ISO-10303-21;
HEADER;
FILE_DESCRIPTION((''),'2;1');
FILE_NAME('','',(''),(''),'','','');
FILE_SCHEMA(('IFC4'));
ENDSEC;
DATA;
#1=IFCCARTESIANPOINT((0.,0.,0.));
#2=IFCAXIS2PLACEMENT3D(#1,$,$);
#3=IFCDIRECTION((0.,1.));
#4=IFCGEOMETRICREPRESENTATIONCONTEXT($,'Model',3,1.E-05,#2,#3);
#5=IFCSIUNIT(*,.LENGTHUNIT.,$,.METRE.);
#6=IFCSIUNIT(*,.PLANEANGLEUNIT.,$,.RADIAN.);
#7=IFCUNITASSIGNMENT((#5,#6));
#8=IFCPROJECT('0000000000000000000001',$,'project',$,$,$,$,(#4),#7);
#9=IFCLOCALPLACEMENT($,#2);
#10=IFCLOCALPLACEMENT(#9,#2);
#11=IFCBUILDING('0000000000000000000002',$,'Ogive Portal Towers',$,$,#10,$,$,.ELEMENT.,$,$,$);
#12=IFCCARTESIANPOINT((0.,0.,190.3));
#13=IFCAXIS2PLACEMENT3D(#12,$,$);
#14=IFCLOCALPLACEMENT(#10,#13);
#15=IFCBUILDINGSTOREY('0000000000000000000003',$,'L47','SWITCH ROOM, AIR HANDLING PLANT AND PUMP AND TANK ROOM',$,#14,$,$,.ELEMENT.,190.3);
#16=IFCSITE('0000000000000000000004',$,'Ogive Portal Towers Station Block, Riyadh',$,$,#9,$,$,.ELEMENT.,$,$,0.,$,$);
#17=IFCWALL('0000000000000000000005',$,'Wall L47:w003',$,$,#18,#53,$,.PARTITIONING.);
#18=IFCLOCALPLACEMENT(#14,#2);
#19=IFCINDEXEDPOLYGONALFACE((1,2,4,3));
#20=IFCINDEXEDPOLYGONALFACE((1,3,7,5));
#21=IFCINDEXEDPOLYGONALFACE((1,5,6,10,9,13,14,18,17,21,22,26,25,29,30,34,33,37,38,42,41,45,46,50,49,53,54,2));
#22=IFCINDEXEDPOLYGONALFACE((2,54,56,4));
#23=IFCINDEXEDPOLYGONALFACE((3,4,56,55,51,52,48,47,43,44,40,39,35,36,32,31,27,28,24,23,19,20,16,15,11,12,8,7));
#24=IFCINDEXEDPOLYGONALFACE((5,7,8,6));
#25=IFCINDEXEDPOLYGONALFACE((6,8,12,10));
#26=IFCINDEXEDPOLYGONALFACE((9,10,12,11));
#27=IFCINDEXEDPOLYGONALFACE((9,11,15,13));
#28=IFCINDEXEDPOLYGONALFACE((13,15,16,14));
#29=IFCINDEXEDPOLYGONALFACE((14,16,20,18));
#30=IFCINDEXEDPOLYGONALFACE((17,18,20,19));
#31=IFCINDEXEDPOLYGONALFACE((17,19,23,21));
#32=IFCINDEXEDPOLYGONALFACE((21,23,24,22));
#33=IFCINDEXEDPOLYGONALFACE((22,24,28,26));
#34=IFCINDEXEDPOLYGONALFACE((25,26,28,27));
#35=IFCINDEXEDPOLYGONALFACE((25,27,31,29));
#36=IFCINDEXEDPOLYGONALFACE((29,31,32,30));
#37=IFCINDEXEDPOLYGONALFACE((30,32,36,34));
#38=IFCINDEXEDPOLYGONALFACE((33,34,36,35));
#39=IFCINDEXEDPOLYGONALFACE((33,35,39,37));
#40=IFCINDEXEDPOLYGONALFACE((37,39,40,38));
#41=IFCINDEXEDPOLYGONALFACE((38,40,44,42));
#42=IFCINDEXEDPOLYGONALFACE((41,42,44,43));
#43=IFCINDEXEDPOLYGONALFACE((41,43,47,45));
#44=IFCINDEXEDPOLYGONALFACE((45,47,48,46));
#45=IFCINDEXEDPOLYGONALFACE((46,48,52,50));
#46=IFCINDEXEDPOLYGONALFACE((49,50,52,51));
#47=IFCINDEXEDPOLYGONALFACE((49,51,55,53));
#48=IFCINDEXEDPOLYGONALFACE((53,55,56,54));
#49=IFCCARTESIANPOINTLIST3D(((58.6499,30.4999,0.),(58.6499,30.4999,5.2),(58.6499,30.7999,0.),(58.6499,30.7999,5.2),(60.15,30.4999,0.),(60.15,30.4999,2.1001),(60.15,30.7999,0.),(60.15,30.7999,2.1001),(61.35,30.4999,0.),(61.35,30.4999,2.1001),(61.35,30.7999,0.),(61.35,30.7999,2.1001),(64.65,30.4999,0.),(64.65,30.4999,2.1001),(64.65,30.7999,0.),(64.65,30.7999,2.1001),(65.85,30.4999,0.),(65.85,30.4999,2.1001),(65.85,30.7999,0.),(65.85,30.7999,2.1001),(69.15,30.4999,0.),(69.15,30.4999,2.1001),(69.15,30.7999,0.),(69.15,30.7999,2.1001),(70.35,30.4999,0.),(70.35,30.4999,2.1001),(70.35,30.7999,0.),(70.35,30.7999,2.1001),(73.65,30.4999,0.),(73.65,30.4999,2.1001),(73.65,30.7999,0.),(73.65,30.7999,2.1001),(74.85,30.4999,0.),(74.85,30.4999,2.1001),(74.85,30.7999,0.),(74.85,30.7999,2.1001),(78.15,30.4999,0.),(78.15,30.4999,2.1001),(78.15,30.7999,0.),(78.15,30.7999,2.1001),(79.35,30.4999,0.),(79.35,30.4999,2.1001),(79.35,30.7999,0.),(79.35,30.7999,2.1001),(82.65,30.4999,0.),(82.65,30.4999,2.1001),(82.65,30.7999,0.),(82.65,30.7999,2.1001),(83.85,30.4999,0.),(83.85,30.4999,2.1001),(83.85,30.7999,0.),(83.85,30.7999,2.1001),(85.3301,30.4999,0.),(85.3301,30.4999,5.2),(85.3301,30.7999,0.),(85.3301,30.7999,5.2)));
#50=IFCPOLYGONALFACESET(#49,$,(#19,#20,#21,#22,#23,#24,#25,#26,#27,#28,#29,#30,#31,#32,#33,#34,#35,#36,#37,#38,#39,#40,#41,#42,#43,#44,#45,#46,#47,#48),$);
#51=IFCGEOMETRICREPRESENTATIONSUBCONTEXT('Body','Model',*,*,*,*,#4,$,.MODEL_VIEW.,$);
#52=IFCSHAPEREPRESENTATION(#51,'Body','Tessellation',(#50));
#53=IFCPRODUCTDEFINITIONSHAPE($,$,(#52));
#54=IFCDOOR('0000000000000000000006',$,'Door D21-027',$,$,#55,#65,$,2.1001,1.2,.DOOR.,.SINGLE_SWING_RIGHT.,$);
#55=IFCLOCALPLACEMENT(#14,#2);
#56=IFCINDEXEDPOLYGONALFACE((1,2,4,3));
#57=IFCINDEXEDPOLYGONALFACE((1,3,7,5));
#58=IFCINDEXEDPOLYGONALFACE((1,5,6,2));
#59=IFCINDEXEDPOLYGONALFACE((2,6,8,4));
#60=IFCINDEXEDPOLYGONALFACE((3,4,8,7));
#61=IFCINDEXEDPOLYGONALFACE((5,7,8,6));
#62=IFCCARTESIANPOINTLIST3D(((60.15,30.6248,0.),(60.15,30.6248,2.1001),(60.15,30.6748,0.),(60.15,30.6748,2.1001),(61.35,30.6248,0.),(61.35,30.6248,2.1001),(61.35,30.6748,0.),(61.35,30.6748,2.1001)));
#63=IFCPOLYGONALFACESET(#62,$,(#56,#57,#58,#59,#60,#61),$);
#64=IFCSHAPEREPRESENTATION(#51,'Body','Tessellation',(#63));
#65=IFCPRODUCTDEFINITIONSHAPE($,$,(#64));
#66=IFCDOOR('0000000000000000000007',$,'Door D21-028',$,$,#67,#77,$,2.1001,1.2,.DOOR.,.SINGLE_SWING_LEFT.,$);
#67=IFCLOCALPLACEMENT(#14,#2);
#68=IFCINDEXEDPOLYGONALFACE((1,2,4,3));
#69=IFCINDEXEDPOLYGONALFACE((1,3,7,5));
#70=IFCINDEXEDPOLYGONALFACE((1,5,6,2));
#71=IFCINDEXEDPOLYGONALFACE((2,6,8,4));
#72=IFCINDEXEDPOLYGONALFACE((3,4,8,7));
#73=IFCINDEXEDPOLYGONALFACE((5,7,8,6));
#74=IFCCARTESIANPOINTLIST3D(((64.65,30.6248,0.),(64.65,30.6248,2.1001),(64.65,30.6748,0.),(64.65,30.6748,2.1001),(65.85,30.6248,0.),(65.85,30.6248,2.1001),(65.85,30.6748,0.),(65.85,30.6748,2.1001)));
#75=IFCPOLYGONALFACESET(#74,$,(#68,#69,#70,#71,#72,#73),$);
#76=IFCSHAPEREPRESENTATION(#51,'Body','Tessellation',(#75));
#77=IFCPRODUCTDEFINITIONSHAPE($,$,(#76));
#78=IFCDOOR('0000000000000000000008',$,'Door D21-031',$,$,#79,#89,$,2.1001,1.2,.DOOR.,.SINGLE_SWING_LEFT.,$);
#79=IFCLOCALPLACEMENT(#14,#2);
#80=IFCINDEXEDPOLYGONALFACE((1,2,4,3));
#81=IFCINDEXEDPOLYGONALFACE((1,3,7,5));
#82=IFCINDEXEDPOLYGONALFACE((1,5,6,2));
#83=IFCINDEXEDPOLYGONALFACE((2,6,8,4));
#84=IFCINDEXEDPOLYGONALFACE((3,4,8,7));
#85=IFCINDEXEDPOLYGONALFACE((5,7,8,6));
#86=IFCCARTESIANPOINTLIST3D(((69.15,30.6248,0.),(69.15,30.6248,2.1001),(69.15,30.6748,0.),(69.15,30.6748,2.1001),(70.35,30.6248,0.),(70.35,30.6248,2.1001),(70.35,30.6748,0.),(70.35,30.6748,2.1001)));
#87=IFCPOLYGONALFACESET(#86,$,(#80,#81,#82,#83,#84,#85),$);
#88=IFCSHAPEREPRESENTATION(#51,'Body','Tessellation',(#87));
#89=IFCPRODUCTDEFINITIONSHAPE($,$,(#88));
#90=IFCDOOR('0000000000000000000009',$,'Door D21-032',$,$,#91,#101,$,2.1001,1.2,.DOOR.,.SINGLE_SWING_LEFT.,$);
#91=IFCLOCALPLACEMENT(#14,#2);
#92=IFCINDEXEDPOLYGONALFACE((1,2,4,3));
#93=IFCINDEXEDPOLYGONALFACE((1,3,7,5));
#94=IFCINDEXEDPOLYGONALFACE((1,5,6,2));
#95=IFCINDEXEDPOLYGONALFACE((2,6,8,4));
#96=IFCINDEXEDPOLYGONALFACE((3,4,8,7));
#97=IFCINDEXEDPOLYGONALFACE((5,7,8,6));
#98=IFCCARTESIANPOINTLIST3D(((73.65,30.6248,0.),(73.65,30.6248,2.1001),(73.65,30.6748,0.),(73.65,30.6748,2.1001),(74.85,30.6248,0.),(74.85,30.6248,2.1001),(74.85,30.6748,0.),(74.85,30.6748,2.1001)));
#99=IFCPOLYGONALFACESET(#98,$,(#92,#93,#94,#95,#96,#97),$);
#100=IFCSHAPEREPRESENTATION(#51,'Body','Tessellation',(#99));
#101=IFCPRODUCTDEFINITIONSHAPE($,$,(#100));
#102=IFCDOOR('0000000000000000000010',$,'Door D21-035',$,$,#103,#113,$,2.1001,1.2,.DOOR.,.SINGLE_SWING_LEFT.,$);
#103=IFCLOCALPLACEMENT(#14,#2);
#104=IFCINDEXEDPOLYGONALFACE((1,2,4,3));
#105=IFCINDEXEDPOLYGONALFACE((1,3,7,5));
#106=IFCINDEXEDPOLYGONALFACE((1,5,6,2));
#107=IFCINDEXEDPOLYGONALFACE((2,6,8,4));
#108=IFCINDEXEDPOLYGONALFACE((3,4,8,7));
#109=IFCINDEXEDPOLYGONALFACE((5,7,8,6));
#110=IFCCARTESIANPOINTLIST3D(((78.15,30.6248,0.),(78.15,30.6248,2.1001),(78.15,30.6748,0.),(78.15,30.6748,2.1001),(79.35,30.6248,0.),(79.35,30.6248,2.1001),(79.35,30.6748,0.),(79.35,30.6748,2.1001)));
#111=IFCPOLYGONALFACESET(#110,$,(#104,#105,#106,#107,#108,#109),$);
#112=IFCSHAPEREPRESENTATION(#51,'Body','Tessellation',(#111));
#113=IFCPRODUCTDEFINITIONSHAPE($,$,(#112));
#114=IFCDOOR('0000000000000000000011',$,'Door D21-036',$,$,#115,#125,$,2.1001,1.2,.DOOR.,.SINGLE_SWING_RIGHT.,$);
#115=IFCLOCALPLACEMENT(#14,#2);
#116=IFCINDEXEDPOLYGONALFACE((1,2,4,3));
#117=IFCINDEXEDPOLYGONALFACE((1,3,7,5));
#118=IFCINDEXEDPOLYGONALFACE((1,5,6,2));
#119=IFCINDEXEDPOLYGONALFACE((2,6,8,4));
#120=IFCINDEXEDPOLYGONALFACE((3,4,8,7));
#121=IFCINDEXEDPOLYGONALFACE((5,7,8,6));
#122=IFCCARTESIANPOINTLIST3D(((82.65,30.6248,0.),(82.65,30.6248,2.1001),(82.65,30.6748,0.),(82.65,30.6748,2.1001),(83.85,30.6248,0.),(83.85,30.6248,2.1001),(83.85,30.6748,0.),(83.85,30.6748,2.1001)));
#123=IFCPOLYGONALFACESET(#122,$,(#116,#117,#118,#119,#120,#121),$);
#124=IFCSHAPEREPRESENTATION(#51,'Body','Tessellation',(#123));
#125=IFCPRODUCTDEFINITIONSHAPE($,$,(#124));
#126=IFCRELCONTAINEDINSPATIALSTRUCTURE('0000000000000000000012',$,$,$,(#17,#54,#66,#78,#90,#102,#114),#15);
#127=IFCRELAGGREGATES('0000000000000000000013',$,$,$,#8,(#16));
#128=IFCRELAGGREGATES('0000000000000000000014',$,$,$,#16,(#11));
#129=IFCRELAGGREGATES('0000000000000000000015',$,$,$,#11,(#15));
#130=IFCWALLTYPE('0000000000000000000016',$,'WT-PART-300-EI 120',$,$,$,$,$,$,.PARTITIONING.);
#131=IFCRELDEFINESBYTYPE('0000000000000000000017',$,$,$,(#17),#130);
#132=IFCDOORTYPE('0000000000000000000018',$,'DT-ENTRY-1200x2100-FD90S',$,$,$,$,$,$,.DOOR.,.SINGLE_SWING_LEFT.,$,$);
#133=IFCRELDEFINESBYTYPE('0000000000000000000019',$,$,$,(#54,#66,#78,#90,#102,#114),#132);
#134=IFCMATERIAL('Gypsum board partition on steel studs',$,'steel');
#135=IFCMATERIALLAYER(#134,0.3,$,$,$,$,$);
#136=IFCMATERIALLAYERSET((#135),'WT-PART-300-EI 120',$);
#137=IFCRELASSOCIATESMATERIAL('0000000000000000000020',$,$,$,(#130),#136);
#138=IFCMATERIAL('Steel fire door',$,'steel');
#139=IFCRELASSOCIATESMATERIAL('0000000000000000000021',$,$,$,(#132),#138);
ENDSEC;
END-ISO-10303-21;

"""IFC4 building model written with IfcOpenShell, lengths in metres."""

from ifc_helpers import new_model, si_unit, direction, frame, frame_2d, origin, place, context, subcontext, project, spatial, rectangle, extrude, material, layer, layer_set, type_object, element, fill, save


model = new_model("IFC4")

# Units and contexts
model_context = context("Model", 3, precision=1e-05, world=origin(), true_north=direction((0.0, 1.0)))
body_context = subcontext(model_context, "Body", "Model", "MODEL_VIEW")
ifc_project = project(units=[si_unit("LENGTHUNIT", "METRE"), si_unit("PLANEANGLEUNIT", "RADIAN")], contexts=[model_context])

# Site, building, storey
site_placement = place(None, origin())
site = spatial("IfcSite", under=ifc_project, at=site_placement, Name="Ogive Portal Towers Station Block, Riyadh", CompositionType="ELEMENT", RefElevation=0.0)
building_placement = place(site_placement, origin())
building = spatial("IfcBuilding", under=site, at=building_placement, Name="Ogive Portal Towers", CompositionType="ELEMENT")
storey_placement = place(building_placement, frame((0.0, 0.0, 190.3)))
storey = spatial("IfcBuildingStorey", under=building, at=storey_placement, Name="L47", Description="SWITCH ROOM, AIR HANDLING PLANT AND PUMP AND TANK ROOM", CompositionType="ELEMENT", Elevation=190.3)

# Wall, openings, doors
ifc_material_1 = material(Name="Gypsum board partition on steel studs", Category="steel")
ifc_layer_1 = layer(ifc_material_1, 0.3)
ifc_layer_set_1 = layer_set([ifc_layer_1], Name="WT-PART-300-EI 120")
wall_type_1 = type_object("IfcWallType", Name="WT-PART-300-EI 120", PredefinedType="PARTITIONING", material=ifc_layer_set_1)
wall_1_placement = place(storey_placement, frame((58.6499, 30.6499, 0.0), z_axis=(0.0, 0.0, 1.0), x_axis=(1.0, 0.0, 0.0)))
wall_1 = element("IfcWall", 1, at=wall_1_placement, inside=storey, type_object=wall_type_1, Name="Wall L47:w003", PredefinedType="PARTITIONING", context=body_context, shape_type="SweptSolid", body=[
    extrude(rectangle(XDim=26.6802, YDim=0.3, at=frame_2d((13.3401, 0.0))), origin(), (0.0, 0.0, 1.0), 5.2),
])
opening_1_placement = place(wall_1_placement, frame((1.5, 0.0, 0.0)))
opening_1 = element("IfcOpeningElement", 2, at=opening_1_placement, cuts=wall_1, PredefinedType="OPENING", context=body_context, shape_type="SweptSolid", body=[
    extrude(rectangle(XDim=1.2, YDim=2.1001, at=frame_2d((0.6001, 1.05))), frame((0.0, 0.1602, 0.0), z_axis=(0.0, -1.0, 0.0), x_axis=(1.0, 0.0, 0.0)), (0.0, 0.0, 1.0), 0.3201),
])
opening_2_placement = place(wall_1_placement, frame((6.0, 0.0, 0.0)))
opening_2 = element("IfcOpeningElement", 3, at=opening_2_placement, cuts=wall_1, PredefinedType="OPENING", context=body_context, shape_type="SweptSolid", body=[
    extrude(rectangle(XDim=1.2, YDim=2.1001, at=frame_2d((0.6001, 1.05))), frame((0.0, 0.1602, 0.0), z_axis=(0.0, -1.0, 0.0), x_axis=(1.0, 0.0, 0.0)), (0.0, 0.0, 1.0), 0.3201),
])
opening_3_placement = place(wall_1_placement, frame((10.5, 0.0, 0.0)))
opening_3 = element("IfcOpeningElement", 4, at=opening_3_placement, cuts=wall_1, PredefinedType="OPENING", context=body_context, shape_type="SweptSolid", body=[
    extrude(rectangle(XDim=1.2, YDim=2.1001, at=frame_2d((0.6001, 1.05))), frame((0.0, 0.1602, 0.0), z_axis=(0.0, -1.0, 0.0), x_axis=(1.0, 0.0, 0.0)), (0.0, 0.0, 1.0), 0.3201),
])
opening_4_placement = place(wall_1_placement, frame((15.0, 0.0, 0.0)))
opening_4 = element("IfcOpeningElement", 5, at=opening_4_placement, cuts=wall_1, PredefinedType="OPENING", context=body_context, shape_type="SweptSolid", body=[
    extrude(rectangle(XDim=1.2, YDim=2.1001, at=frame_2d((0.6001, 1.05))), frame((0.0, 0.1602, 0.0), z_axis=(0.0, -1.0, 0.0), x_axis=(1.0, 0.0, 0.0)), (0.0, 0.0, 1.0), 0.3201),
])
opening_5_placement = place(wall_1_placement, frame((19.5, 0.0, 0.0)))
opening_5 = element("IfcOpeningElement", 6, at=opening_5_placement, cuts=wall_1, PredefinedType="OPENING", context=body_context, shape_type="SweptSolid", body=[
    extrude(rectangle(XDim=1.2, YDim=2.1001, at=frame_2d((0.6001, 1.05))), frame((0.0, 0.1602, 0.0), z_axis=(0.0, -1.0, 0.0), x_axis=(1.0, 0.0, 0.0)), (0.0, 0.0, 1.0), 0.3201),
])
opening_6_placement = place(wall_1_placement, frame((24.0, 0.0, 0.0)))
opening_6 = element("IfcOpeningElement", 7, at=opening_6_placement, cuts=wall_1, PredefinedType="OPENING", context=body_context, shape_type="SweptSolid", body=[
    extrude(rectangle(XDim=1.2, YDim=2.1001, at=frame_2d((0.6001, 1.05))), frame((0.0, 0.1602, 0.0), z_axis=(0.0, -1.0, 0.0), x_axis=(1.0, 0.0, 0.0)), (0.0, 0.0, 1.0), 0.3201),
])
ifc_material_2 = material(Name="Steel fire door", Category="steel")
door_type_1 = type_object("IfcDoorType", Name="DT-ENTRY-1200x2100-FD90S", OperationType="SINGLE_SWING_LEFT", PredefinedType="DOOR", material=ifc_material_2)
door_1_placement = place(opening_1_placement, origin())
door_1 = element("IfcDoor", 8, at=door_1_placement, inside=storey, type_object=door_type_1, Name="Door D21-027", OperationType="SINGLE_SWING_RIGHT", OverallHeight=2.1001, OverallWidth=1.2, PredefinedType="DOOR", context=body_context, shape_type="SweptSolid", body=[
    extrude(rectangle(XDim=1.2, YDim=2.1001, at=frame_2d((0.6001, 1.05))), frame((0.0, 0.0249, 0.0), z_axis=(0.0, -1.0, 0.0), x_axis=(1.0, 0.0, 0.0)), (0.0, 0.0, 1.0), 0.05),
])
fill(opening_1, door_1)
door_2_placement = place(opening_2_placement, origin())
door_2 = element("IfcDoor", 9, at=door_2_placement, inside=storey, type_object=door_type_1, Name="Door D21-028", OperationType="SINGLE_SWING_LEFT", OverallHeight=2.1001, OverallWidth=1.2, PredefinedType="DOOR", context=body_context, shape_type="SweptSolid", body=[
    extrude(rectangle(XDim=1.2, YDim=2.1001, at=frame_2d((0.6001, 1.05))), frame((0.0, 0.0249, 0.0), z_axis=(0.0, -1.0, 0.0), x_axis=(1.0, 0.0, 0.0)), (0.0, 0.0, 1.0), 0.05),
])
fill(opening_2, door_2)
door_3_placement = place(opening_3_placement, origin())
door_3 = element("IfcDoor", 10, at=door_3_placement, inside=storey, type_object=door_type_1, Name="Door D21-031", OperationType="SINGLE_SWING_LEFT", OverallHeight=2.1001, OverallWidth=1.2, PredefinedType="DOOR", context=body_context, shape_type="SweptSolid", body=[
    extrude(rectangle(XDim=1.2, YDim=2.1001, at=frame_2d((0.6001, 1.05))), frame((0.0, 0.0249, 0.0), z_axis=(0.0, -1.0, 0.0), x_axis=(1.0, 0.0, 0.0)), (0.0, 0.0, 1.0), 0.05),
])
fill(opening_3, door_3)
door_4_placement = place(opening_4_placement, origin())
door_4 = element("IfcDoor", 11, at=door_4_placement, inside=storey, type_object=door_type_1, Name="Door D21-032", OperationType="SINGLE_SWING_LEFT", OverallHeight=2.1001, OverallWidth=1.2, PredefinedType="DOOR", context=body_context, shape_type="SweptSolid", body=[
    extrude(rectangle(XDim=1.2, YDim=2.1001, at=frame_2d((0.6001, 1.05))), frame((0.0, 0.0249, 0.0), z_axis=(0.0, -1.0, 0.0), x_axis=(1.0, 0.0, 0.0)), (0.0, 0.0, 1.0), 0.05),
])
fill(opening_4, door_4)
door_5_placement = place(opening_5_placement, origin())
door_5 = element("IfcDoor", 12, at=door_5_placement, inside=storey, type_object=door_type_1, Name="Door D21-035", OperationType="SINGLE_SWING_LEFT", OverallHeight=2.1001, OverallWidth=1.2, PredefinedType="DOOR", context=body_context, shape_type="SweptSolid", body=[
    extrude(rectangle(XDim=1.2, YDim=2.1001, at=frame_2d((0.6001, 1.05))), frame((0.0, 0.0249, 0.0), z_axis=(0.0, -1.0, 0.0), x_axis=(1.0, 0.0, 0.0)), (0.0, 0.0, 1.0), 0.05),
])
fill(opening_5, door_5)
door_6_placement = place(opening_6_placement, origin())
door_6 = element("IfcDoor", 13, at=door_6_placement, inside=storey, type_object=door_type_1, Name="Door D21-036", OperationType="SINGLE_SWING_RIGHT", OverallHeight=2.1001, OverallWidth=1.2, PredefinedType="DOOR", context=body_context, shape_type="SweptSolid", body=[
    extrude(rectangle(XDim=1.2, YDim=2.1001, at=frame_2d((0.6001, 1.05))), frame((0.0, 0.0249, 0.0), z_axis=(0.0, -1.0, 0.0), x_axis=(1.0, 0.0, 0.0)), (0.0, 0.0, 1.0), 0.05),
])
fill(opening_6, door_6)

save(model, "model.ifc")
